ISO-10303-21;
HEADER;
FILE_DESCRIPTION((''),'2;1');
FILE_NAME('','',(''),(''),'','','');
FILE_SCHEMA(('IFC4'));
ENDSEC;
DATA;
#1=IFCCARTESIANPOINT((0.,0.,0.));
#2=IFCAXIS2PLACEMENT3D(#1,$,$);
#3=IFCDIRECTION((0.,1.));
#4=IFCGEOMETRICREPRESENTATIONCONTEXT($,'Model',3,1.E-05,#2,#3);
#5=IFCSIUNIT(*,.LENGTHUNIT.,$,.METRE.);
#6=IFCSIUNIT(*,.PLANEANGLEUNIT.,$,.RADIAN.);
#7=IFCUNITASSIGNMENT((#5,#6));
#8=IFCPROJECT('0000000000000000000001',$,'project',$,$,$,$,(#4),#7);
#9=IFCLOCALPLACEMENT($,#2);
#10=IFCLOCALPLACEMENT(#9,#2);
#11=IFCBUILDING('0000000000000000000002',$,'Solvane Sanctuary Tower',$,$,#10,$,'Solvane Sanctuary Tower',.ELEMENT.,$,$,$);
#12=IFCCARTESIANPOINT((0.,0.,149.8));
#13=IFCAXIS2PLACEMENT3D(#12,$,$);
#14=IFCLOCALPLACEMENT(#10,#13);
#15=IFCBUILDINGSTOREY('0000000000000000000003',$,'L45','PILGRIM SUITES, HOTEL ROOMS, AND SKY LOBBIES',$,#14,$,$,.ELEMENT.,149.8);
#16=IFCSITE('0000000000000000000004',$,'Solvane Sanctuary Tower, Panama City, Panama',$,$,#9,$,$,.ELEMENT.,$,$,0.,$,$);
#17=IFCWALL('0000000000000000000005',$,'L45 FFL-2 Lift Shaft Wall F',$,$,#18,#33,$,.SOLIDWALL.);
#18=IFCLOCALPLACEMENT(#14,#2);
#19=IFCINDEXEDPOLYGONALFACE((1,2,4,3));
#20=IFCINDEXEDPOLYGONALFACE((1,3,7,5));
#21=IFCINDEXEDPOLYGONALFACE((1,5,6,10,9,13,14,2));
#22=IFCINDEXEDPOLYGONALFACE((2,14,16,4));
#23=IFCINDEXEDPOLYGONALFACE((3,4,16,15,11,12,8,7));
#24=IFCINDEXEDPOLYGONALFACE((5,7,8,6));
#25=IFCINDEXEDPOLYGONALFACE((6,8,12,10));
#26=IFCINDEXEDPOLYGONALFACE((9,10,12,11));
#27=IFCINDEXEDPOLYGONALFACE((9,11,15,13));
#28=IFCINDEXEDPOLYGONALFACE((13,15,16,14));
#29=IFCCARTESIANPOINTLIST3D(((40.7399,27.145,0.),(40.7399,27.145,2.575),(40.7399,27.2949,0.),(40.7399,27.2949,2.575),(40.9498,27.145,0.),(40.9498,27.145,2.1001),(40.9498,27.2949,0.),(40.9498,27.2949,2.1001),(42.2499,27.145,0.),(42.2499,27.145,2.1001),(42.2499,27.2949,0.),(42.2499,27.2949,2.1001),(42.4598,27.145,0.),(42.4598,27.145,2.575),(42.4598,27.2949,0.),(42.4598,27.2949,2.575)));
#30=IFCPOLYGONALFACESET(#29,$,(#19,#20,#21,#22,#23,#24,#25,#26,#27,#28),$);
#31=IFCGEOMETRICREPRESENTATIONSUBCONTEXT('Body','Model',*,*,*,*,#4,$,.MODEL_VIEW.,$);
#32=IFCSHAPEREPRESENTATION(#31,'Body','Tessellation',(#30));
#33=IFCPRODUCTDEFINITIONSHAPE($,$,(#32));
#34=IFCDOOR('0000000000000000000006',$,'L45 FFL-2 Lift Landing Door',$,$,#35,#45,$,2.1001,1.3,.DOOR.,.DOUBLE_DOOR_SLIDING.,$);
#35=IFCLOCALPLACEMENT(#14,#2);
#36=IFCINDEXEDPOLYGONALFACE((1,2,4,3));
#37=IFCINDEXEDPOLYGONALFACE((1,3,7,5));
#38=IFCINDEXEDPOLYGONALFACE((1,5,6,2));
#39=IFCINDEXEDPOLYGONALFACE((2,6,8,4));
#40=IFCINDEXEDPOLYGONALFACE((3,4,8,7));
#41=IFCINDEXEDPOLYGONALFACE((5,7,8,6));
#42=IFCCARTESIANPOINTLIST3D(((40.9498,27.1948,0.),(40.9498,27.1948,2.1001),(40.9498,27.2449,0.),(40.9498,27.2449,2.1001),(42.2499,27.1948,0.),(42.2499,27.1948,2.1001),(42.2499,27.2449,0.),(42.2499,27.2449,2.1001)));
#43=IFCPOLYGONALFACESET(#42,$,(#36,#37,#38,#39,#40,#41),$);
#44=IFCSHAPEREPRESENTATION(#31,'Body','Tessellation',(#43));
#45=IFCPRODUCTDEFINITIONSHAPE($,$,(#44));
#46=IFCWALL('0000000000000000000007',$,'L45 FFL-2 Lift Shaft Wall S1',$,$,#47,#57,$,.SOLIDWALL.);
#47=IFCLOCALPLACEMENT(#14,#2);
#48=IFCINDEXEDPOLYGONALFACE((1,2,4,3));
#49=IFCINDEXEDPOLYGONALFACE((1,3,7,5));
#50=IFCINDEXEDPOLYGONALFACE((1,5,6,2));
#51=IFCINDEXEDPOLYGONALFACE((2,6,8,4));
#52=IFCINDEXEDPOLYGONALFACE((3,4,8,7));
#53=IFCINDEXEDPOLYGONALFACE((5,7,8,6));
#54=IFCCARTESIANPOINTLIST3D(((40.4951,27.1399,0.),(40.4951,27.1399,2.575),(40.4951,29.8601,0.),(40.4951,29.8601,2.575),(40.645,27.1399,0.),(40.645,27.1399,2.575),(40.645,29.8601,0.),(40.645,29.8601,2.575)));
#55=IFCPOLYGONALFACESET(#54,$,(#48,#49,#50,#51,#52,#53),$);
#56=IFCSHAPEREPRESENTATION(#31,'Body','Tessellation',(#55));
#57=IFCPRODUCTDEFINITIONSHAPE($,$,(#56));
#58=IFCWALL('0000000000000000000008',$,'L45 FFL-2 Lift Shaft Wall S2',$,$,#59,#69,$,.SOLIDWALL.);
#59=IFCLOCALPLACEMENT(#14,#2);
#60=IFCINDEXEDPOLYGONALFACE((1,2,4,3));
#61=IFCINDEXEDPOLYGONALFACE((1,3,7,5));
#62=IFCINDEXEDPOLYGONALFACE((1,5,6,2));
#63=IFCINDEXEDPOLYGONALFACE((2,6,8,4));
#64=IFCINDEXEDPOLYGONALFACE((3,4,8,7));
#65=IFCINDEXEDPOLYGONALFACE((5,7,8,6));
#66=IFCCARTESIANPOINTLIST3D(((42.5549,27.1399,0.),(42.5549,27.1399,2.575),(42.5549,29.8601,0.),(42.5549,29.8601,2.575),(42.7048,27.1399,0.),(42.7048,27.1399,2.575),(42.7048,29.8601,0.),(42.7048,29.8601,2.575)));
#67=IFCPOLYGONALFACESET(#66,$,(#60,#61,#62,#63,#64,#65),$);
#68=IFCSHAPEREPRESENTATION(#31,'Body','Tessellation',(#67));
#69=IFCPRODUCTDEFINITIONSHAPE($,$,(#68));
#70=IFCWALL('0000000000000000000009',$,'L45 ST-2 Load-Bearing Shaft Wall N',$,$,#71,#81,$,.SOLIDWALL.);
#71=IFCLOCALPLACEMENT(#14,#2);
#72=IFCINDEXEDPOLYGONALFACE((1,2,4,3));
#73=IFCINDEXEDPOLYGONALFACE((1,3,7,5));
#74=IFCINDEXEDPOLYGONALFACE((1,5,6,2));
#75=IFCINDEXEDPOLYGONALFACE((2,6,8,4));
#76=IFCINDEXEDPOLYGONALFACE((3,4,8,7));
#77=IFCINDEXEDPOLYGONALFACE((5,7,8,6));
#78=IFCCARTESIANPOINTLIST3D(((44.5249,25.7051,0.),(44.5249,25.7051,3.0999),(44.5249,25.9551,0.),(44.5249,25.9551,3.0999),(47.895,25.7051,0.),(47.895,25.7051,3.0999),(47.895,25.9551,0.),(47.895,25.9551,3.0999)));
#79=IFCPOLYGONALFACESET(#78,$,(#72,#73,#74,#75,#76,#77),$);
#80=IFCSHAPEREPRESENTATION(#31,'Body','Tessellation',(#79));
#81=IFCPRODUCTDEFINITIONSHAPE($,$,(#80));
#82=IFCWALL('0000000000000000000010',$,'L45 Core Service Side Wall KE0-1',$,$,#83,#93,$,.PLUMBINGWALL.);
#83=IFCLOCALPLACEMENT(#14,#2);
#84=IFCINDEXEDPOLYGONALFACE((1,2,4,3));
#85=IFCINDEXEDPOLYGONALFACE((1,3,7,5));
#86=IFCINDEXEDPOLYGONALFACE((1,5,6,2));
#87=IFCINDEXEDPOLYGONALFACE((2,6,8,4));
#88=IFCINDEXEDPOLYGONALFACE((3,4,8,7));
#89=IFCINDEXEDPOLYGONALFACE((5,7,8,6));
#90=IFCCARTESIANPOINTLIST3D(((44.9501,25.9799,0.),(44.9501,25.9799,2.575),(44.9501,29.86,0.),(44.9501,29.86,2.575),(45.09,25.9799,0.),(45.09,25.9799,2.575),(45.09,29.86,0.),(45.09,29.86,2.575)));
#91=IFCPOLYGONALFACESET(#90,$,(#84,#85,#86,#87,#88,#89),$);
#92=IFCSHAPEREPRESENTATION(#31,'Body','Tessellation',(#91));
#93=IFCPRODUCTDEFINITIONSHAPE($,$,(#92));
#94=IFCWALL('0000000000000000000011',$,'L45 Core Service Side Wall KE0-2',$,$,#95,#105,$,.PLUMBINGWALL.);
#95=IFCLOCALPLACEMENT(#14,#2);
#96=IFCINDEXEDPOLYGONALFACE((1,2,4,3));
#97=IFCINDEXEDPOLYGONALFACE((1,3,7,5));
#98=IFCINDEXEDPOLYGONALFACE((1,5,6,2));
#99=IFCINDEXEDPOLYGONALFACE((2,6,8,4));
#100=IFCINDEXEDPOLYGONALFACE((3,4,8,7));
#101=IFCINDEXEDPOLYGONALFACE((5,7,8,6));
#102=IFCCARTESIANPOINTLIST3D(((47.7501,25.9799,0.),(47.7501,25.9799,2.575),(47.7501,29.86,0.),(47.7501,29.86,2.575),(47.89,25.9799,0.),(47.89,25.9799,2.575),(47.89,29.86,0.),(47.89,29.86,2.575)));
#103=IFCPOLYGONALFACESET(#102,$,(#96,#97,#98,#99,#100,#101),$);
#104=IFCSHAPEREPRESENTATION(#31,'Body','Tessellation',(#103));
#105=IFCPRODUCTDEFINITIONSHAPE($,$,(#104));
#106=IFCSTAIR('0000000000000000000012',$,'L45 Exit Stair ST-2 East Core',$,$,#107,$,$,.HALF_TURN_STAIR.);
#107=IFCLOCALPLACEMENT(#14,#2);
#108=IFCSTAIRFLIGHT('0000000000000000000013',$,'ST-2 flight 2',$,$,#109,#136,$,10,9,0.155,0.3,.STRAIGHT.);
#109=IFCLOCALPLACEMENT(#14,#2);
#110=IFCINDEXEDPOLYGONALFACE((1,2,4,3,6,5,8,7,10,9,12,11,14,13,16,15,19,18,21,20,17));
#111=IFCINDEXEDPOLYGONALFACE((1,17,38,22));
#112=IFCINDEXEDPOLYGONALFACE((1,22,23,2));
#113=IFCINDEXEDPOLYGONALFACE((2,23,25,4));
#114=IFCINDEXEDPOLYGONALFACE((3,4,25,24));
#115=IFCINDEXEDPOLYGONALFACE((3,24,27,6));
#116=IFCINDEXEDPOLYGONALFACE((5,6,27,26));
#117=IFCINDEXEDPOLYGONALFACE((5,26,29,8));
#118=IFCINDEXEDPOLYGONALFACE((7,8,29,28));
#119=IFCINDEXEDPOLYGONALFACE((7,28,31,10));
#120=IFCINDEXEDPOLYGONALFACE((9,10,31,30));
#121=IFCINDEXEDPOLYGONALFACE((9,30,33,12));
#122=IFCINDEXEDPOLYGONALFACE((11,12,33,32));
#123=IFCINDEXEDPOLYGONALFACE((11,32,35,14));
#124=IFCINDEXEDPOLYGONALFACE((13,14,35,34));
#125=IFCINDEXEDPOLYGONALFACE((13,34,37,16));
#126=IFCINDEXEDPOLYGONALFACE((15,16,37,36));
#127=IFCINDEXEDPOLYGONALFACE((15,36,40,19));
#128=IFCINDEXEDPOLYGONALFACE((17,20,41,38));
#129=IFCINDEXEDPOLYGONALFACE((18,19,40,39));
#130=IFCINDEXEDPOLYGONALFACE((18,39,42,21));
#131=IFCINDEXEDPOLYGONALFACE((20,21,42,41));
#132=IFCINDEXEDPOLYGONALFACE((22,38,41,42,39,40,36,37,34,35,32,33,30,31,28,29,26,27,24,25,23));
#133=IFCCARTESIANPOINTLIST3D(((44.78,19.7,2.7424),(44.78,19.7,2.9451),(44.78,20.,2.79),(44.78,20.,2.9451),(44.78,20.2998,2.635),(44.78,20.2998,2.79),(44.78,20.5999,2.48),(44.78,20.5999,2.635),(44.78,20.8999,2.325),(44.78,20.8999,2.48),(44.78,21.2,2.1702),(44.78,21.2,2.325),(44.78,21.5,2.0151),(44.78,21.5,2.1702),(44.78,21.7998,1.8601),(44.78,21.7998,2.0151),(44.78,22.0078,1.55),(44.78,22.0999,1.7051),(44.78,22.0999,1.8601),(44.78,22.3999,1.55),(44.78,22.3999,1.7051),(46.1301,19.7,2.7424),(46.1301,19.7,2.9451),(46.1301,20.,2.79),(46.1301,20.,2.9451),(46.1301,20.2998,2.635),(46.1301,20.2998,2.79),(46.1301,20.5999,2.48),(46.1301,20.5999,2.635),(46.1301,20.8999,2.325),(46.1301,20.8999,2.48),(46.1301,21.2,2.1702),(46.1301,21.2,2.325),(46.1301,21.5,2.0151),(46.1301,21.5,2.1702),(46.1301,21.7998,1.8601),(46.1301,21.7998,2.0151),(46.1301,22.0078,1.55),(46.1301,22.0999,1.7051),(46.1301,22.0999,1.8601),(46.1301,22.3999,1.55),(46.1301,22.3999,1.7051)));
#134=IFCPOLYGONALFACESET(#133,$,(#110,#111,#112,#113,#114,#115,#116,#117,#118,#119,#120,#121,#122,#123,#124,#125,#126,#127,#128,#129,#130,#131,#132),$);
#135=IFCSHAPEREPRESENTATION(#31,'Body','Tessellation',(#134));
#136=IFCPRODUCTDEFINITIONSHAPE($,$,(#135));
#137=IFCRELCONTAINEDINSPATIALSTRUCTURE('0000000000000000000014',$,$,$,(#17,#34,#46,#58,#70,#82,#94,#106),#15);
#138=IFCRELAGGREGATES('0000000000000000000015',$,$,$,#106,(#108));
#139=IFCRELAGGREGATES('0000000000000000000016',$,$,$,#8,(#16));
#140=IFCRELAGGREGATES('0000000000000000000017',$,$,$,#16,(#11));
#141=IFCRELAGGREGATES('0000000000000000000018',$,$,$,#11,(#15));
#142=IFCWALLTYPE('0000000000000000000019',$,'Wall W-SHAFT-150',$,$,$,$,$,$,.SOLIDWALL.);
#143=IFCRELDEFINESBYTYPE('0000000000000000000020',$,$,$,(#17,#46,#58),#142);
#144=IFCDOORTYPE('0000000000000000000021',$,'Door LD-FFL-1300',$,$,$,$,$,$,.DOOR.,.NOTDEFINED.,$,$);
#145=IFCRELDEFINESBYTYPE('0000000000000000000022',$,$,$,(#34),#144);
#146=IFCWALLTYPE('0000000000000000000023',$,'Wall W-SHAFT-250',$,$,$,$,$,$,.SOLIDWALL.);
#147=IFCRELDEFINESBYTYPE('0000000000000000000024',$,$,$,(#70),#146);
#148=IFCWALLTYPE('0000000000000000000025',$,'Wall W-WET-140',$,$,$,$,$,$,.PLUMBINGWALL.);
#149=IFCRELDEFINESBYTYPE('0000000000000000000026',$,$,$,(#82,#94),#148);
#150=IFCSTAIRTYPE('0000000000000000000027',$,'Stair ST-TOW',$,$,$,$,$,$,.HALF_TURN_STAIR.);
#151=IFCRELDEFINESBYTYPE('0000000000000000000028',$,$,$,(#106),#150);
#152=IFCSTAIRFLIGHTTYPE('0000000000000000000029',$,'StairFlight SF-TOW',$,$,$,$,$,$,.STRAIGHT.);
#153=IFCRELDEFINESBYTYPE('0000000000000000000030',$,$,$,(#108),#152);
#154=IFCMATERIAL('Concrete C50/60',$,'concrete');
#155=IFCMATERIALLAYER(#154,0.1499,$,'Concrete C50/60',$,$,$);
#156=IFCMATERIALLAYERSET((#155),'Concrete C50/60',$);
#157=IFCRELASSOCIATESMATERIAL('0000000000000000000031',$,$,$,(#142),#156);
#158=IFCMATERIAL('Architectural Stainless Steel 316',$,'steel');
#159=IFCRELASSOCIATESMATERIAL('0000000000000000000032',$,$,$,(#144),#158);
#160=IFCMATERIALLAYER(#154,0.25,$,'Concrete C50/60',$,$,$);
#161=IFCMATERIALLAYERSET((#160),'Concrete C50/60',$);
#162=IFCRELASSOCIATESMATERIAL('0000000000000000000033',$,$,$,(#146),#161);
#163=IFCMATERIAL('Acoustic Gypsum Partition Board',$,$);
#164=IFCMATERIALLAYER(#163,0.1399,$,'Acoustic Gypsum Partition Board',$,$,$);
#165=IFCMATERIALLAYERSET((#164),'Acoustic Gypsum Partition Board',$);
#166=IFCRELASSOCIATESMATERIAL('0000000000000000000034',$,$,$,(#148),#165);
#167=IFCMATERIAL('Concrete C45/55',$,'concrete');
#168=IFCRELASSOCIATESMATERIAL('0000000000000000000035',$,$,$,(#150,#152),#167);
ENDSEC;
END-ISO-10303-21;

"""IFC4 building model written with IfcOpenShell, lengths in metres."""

from ifc_helpers import new_model, si_unit, direction, frame, frame_2d, origin, place, context, subcontext, project, spatial, polyline, rectangle, outline, extrude, material, layer, layer_set, type_object, element, fill, aggregate, save


model = new_model("IFC4")

# Units and contexts
model_context = context("Model", 3, precision=1e-05, world=origin(), true_north=direction((0.0, 1.0)))
body_context = subcontext(model_context, "Body", "Model", "MODEL_VIEW")
ifc_project = project(units=[si_unit("LENGTHUNIT", "METRE"), si_unit("PLANEANGLEUNIT", "RADIAN")], contexts=[model_context])

# Site, building, storey
site_placement = place(None, origin())
site = spatial("IfcSite", under=ifc_project, at=site_placement, Name="Solvane Sanctuary Tower, Panama City, Panama", CompositionType="ELEMENT", RefElevation=0.0)
building_placement = place(site_placement, origin())
building = spatial("IfcBuilding", under=site, at=building_placement, Name="Solvane Sanctuary Tower", LongName="Solvane Sanctuary Tower", CompositionType="ELEMENT")
storey_placement = place(building_placement, frame((0.0, 0.0, 149.8)))
storey = spatial("IfcBuildingStorey", under=building, at=storey_placement, Name="L45", Description="PILGRIM SUITES, HOTEL ROOMS, AND SKY LOBBIES", CompositionType="ELEMENT", Elevation=149.8)

# Shared definitions
ifc_material_1 = material(Name="Acoustic Gypsum Partition Board")
ifc_material_2 = material(Name="Concrete C50/60", Category="concrete")
ifc_layer_1 = layer(ifc_material_2, 0.1499, Name="Concrete C50/60")
ifc_layer_set_1 = layer_set([ifc_layer_1], Name="Concrete C50/60")
wall_type_1 = type_object("IfcWallType", Name="Wall W-SHAFT-150", PredefinedType="SOLIDWALL", material=ifc_layer_set_1)

# Wall, opening, door
wall_1_placement = place(storey_placement, frame((40.74, 27.22, 0.0), z_axis=(0.0, 0.0, 1.0), x_axis=(1.0, 0.0, 0.0)))
wall_1 = element("IfcWall", 1, at=wall_1_placement, inside=storey, type_object=wall_type_1, Name="L45 FFL-2 Lift Shaft Wall F", PredefinedType="SOLIDWALL", context=body_context, shape_type="SweptSolid", body=[
    extrude(rectangle(XDim=1.72, YDim=0.1499, at=frame_2d((0.8599, 0.0))), origin(), (0.0, 0.0, 1.0), 2.575),
])
opening_placement = place(wall_1_placement, frame((0.21, 0.0, 0.0)))
opening = element("IfcOpeningElement", 2, at=opening_placement, cuts=wall_1, PredefinedType="OPENING", context=body_context, shape_type="SweptSolid", body=[
    extrude(rectangle(XDim=1.3, YDim=2.1001, at=frame_2d((0.6499, 1.05))), frame((0.0, 0.085, 0.0), z_axis=(0.0, -1.0, 0.0), x_axis=(1.0, 0.0, 0.0)), (0.0, 0.0, 1.0), 0.1699),
])
ifc_material_3 = material(Name="Architectural Stainless Steel 316", Category="steel")
door_type = type_object("IfcDoorType", Name="Door LD-FFL-1300", OperationType="NOTDEFINED", PredefinedType="DOOR", material=ifc_material_3)
door_placement = place(opening_placement, origin())
door = element("IfcDoor", 3, at=door_placement, inside=storey, type_object=door_type, Name="L45 FFL-2 Lift Landing Door", OperationType="DOUBLE_DOOR_SLIDING", OverallHeight=2.1001, OverallWidth=1.3, PredefinedType="DOOR", context=body_context, shape_type="SweptSolid", body=[
    extrude(rectangle(XDim=1.3, YDim=2.1001, at=frame_2d((0.6499, 1.05))), frame((0.0, 0.0249, 0.0), z_axis=(0.0, -1.0, 0.0), x_axis=(1.0, 0.0, 0.0)), (0.0, 0.0, 1.0), 0.05),
])
fill(opening, door)

# Walls
for number, where, z_axis, x_axis, name in (
    (4, (40.5701, 27.1399, 0.0), (0.0, 0.0, 1.0), (0.0, 1.0, 0.0), "L45 FFL-2 Lift Shaft Wall S1"),
    (5, (42.6299, 27.1399, 0.0), (0.0, 0.0, 1.0), (0.0, 1.0, 0.0), "L45 FFL-2 Lift Shaft Wall S2"),
):
    element("IfcWall", number, at=place(storey_placement, frame(where, z_axis=z_axis, x_axis=x_axis)), inside=storey, type_object=wall_type_1, Name=name, PredefinedType="SOLIDWALL", context=body_context, shape_type="SweptSolid", body=[
        extrude(rectangle(XDim=2.7202, YDim=0.1499, at=frame_2d((1.3601, 0.0))), origin(), (0.0, 0.0, 1.0), 2.575),
    ])
ifc_layer_2 = layer(ifc_material_2, 0.25, Name="Concrete C50/60")
ifc_layer_set_2 = layer_set([ifc_layer_2], Name="Concrete C50/60")
wall_type_2 = type_object("IfcWallType", Name="Wall W-SHAFT-250", PredefinedType="SOLIDWALL", material=ifc_layer_set_2)
wall_2_placement = place(storey_placement, frame((44.5249, 25.8301, 0.0), z_axis=(0.0, 0.0, 1.0), x_axis=(1.0, 0.0, 0.0)))
element("IfcWall", 6, at=wall_2_placement, inside=storey, type_object=wall_type_2, Name="L45 ST-2 Load-Bearing Shaft Wall N", PredefinedType="SOLIDWALL", context=body_context, shape_type="SweptSolid", body=[
    extrude(rectangle(XDim=3.3701, YDim=0.25, at=frame_2d((1.6851, 0.0))), origin(), (0.0, 0.0, 1.0), 3.0999),
])
ifc_layer_3 = layer(ifc_material_1, 0.1399, Name="Acoustic Gypsum Partition Board")
ifc_layer_set_3 = layer_set([ifc_layer_3], Name="Acoustic Gypsum Partition Board")
wall_type_3 = type_object("IfcWallType", Name="Wall W-WET-140", PredefinedType="PLUMBINGWALL", material=ifc_layer_set_3)
for number, where, z_axis, x_axis, name in (
    (7, (45.02, 25.98, 0.0), (0.0, 0.0, 1.0), (0.0, 1.0, 0.0), "L45 Core Service Side Wall KE0-1"),
    (8, (47.8201, 25.98, 0.0), (0.0, 0.0, 1.0), (0.0, 1.0, 0.0), "L45 Core Service Side Wall KE0-2"),
):
    element("IfcWall", number, at=place(storey_placement, frame(where, z_axis=z_axis, x_axis=x_axis)), inside=storey, type_object=wall_type_3, Name=name, PredefinedType="PLUMBINGWALL", context=body_context, shape_type="SweptSolid", body=[
        extrude(rectangle(XDim=3.8801, YDim=0.1399, at=frame_2d((1.9399, 0.0))), origin(), (0.0, 0.0, 1.0), 2.575),
    ])

# Stair, stair flight
ifc_material_4 = material(Name="Concrete C45/55", Category="concrete")
stair_type = type_object("IfcStairType", Name="Stair ST-TOW", PredefinedType="HALF_TURN_STAIR", material=ifc_material_4)
stair_placement = place(storey_placement, origin())
stair = element("IfcStair", 9, at=stair_placement, inside=storey, type_object=stair_type, Name="L45 Exit Stair ST-2 East Core", PredefinedType="HALF_TURN_STAIR")
stair_flight_type = type_object("IfcStairFlightType", Name="StairFlight SF-TOW", PredefinedType="STRAIGHT", material=ifc_material_4)
stair_flight_placement = place(storey_placement, frame((45.4551, 22.3999, 1.55), z_axis=(0.0, 0.0, 1.0), x_axis=(0.0, -1.0, 0.0)))
stair_flight = element("IfcStairFlight", 10, at=stair_flight_placement, type_object=stair_flight_type, Name="ST-2 flight 2", NumberOfRisers=10, NumberOfTreads=9, PredefinedType="STRAIGHT", RiserHeight=0.155, TreadLength=0.3, context=body_context, shape_type="SweptSolid", body=[
    extrude(outline(polyline([(0.0, 0.0), (0.0, 0.155), (0.3, 0.155), (0.3, 0.3101), (0.6001, 0.3101), (0.6001, 0.4651), (0.8999, 0.4651), (0.8999, 0.6201), (1.2, 0.6201), (1.2, 0.7749), (1.5, 0.7749), (1.5, 0.9299), (1.8, 0.9299), (1.8, 1.085), (2.1001, 1.085), (2.1001, 1.24), (2.3999, 1.24), (2.3999, 1.395), (2.7, 1.395), (2.7, 1.55), (2.7, 1.1924), (0.3921, 0.0), (0.0, 0.0)])), frame((0.0, 0.675, 0.0), z_axis=(0.0, -1.0, 0.0), x_axis=(1.0, 0.0, 0.0)), (0.0, 0.0, 1.0), 1.3501),
])
aggregate(stair, [stair_flight])

save(model, "model.ifc")
